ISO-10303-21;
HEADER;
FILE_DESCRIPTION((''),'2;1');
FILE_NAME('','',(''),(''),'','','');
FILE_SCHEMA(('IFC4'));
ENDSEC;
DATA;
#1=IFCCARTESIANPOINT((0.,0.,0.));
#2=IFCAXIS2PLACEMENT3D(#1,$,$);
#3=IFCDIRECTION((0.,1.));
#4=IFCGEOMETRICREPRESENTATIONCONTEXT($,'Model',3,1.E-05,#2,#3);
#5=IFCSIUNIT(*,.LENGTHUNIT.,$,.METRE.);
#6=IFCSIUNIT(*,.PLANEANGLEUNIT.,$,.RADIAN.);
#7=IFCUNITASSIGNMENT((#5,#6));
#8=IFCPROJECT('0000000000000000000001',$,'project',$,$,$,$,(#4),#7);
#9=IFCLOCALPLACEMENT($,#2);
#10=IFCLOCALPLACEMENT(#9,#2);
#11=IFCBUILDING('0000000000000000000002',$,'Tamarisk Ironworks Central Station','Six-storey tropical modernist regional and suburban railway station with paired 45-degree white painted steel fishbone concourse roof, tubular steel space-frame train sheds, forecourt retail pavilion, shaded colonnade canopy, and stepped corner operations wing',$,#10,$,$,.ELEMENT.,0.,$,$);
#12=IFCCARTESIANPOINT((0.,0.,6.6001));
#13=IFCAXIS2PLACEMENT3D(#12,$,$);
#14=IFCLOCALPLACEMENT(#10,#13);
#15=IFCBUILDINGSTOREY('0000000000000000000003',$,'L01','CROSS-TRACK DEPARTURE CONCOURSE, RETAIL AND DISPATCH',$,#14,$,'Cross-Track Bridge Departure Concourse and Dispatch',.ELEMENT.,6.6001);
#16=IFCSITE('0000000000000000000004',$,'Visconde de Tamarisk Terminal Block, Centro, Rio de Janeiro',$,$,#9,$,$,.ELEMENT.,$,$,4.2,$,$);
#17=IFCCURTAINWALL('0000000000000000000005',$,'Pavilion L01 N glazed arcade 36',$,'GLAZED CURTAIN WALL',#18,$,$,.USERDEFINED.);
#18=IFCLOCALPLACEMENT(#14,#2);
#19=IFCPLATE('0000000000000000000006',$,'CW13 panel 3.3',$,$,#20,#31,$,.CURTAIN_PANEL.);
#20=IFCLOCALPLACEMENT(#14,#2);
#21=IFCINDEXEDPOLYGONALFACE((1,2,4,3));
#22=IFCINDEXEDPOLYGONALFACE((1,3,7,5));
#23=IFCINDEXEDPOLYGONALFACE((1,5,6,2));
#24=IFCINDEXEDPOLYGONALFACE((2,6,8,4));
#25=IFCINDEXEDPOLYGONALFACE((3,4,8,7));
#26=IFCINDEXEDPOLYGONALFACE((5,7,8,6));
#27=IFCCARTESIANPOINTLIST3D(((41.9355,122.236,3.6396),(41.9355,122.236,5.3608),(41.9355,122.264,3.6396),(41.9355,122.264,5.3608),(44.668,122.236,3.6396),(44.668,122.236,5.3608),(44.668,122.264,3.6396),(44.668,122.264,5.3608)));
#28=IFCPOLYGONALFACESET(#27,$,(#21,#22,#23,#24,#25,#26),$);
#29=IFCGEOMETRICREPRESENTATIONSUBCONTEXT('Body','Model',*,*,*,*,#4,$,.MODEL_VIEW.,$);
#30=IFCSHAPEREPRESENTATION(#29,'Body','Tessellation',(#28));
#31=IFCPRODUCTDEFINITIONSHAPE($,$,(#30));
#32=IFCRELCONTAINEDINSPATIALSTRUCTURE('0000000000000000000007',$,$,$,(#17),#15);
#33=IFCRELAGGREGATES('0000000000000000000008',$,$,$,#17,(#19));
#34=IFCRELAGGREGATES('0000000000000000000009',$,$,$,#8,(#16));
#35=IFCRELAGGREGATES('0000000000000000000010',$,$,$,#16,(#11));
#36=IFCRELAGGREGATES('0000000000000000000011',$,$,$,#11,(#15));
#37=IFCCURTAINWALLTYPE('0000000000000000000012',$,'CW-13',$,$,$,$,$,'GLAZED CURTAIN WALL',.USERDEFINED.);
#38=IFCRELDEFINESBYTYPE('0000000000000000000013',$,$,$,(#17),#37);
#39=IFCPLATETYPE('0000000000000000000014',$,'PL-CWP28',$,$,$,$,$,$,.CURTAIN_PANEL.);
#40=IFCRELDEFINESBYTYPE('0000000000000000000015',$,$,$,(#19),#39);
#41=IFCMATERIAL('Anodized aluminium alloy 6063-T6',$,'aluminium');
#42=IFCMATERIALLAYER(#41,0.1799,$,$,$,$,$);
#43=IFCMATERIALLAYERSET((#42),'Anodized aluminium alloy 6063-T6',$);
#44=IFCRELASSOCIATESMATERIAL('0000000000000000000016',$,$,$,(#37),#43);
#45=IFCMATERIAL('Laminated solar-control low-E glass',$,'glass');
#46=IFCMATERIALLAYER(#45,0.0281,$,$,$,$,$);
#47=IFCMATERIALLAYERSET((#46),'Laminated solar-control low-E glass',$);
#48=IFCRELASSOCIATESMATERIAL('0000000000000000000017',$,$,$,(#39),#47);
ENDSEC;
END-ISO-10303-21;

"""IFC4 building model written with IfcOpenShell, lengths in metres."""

from ifc_helpers import new_model, si_unit, direction, frame, origin, origin_2d, place, context, subcontext, project, spatial, rectangle, extrude, material, layer, layer_set, type_object, element, aggregate, save


model = new_model("IFC4")

# Units and contexts
model_context = context("Model", 3, precision=1e-05, world=origin(), true_north=direction((0.0, 1.0)))
body_context = subcontext(model_context, "Body", "Model", "MODEL_VIEW")
ifc_project = project(units=[si_unit("LENGTHUNIT", "METRE"), si_unit("PLANEANGLEUNIT", "RADIAN")], contexts=[model_context])

# Site, building, storey
site_placement = place(None, origin())
site = spatial("IfcSite", under=ifc_project, at=site_placement, Name="Visconde de Tamarisk Terminal Block, Centro, Rio de Janeiro", CompositionType="ELEMENT", RefElevation=4.2)
building_placement = place(site_placement, origin())
building = spatial("IfcBuilding", under=site, at=building_placement, Name="Tamarisk Ironworks Central Station", Description="Six-storey tropical modernist regional and suburban railway station with paired 45-degree white painted steel fishbone concourse roof, tubular steel space-frame train sheds, forecourt retail pavilion, shaded colonnade canopy, and stepped corner operations wing", CompositionType="ELEMENT", ElevationOfRefHeight=0.0)
storey_placement = place(building_placement, frame((0.0, 0.0, 6.6001)))
storey = spatial("IfcBuildingStorey", under=building, at=storey_placement, Name="L01", Description="CROSS-TRACK DEPARTURE CONCOURSE, RETAIL AND DISPATCH", LongName="Cross-Track Bridge Departure Concourse and Dispatch", CompositionType="ELEMENT", Elevation=6.6001)

# Curtain wall, plate
ifc_material_1 = material(Name="Anodized aluminium alloy 6063-T6", Category="aluminium")
ifc_layer_1 = layer(ifc_material_1, 0.1799)
ifc_layer_set_1 = layer_set([ifc_layer_1], Name="Anodized aluminium alloy 6063-T6")
curtain_wall_type = type_object("IfcCurtainWallType", Name="CW-13", ElementType="GLAZED CURTAIN WALL", PredefinedType="USERDEFINED", material=ifc_layer_set_1)
curtain_wall_placement = place(storey_placement, origin())
curtain_wall = element("IfcCurtainWall", 1, at=curtain_wall_placement, inside=storey, type_object=curtain_wall_type, Name="Pavilion L01 N glazed arcade 36", ObjectType="GLAZED CURTAIN WALL", PredefinedType="USERDEFINED")
ifc_material_2 = material(Name="Laminated solar-control low-E glass", Category="glass")
ifc_layer_2 = layer(ifc_material_2, 0.0281)
ifc_layer_set_2 = layer_set([ifc_layer_2], Name="Laminated solar-control low-E glass")
plate_type = type_object("IfcPlateType", Name="PL-CWP28", PredefinedType="CURTAIN_PANEL", material=ifc_layer_set_2)
plate_1_placement = place(storey_placement, frame((43.3018, 122.25, 3.6396), z_axis=(0.0, 0.0, 1.0), x_axis=(1.0, 0.0, 0.0)))
plate_1 = element("IfcPlate", 2, at=plate_1_placement, type_object=plate_type, Name="CW13 panel 3.3", PredefinedType="CURTAIN_PANEL", context=body_context, shape_type="SweptSolid", body=[
    extrude(rectangle(XDim=2.7324, YDim=0.0281, at=origin_2d()), origin(), (0.0, 0.0, 1.0), 1.7212),
])
aggregate(curtain_wall, [plate_1])

save(model, "model.ifc")
